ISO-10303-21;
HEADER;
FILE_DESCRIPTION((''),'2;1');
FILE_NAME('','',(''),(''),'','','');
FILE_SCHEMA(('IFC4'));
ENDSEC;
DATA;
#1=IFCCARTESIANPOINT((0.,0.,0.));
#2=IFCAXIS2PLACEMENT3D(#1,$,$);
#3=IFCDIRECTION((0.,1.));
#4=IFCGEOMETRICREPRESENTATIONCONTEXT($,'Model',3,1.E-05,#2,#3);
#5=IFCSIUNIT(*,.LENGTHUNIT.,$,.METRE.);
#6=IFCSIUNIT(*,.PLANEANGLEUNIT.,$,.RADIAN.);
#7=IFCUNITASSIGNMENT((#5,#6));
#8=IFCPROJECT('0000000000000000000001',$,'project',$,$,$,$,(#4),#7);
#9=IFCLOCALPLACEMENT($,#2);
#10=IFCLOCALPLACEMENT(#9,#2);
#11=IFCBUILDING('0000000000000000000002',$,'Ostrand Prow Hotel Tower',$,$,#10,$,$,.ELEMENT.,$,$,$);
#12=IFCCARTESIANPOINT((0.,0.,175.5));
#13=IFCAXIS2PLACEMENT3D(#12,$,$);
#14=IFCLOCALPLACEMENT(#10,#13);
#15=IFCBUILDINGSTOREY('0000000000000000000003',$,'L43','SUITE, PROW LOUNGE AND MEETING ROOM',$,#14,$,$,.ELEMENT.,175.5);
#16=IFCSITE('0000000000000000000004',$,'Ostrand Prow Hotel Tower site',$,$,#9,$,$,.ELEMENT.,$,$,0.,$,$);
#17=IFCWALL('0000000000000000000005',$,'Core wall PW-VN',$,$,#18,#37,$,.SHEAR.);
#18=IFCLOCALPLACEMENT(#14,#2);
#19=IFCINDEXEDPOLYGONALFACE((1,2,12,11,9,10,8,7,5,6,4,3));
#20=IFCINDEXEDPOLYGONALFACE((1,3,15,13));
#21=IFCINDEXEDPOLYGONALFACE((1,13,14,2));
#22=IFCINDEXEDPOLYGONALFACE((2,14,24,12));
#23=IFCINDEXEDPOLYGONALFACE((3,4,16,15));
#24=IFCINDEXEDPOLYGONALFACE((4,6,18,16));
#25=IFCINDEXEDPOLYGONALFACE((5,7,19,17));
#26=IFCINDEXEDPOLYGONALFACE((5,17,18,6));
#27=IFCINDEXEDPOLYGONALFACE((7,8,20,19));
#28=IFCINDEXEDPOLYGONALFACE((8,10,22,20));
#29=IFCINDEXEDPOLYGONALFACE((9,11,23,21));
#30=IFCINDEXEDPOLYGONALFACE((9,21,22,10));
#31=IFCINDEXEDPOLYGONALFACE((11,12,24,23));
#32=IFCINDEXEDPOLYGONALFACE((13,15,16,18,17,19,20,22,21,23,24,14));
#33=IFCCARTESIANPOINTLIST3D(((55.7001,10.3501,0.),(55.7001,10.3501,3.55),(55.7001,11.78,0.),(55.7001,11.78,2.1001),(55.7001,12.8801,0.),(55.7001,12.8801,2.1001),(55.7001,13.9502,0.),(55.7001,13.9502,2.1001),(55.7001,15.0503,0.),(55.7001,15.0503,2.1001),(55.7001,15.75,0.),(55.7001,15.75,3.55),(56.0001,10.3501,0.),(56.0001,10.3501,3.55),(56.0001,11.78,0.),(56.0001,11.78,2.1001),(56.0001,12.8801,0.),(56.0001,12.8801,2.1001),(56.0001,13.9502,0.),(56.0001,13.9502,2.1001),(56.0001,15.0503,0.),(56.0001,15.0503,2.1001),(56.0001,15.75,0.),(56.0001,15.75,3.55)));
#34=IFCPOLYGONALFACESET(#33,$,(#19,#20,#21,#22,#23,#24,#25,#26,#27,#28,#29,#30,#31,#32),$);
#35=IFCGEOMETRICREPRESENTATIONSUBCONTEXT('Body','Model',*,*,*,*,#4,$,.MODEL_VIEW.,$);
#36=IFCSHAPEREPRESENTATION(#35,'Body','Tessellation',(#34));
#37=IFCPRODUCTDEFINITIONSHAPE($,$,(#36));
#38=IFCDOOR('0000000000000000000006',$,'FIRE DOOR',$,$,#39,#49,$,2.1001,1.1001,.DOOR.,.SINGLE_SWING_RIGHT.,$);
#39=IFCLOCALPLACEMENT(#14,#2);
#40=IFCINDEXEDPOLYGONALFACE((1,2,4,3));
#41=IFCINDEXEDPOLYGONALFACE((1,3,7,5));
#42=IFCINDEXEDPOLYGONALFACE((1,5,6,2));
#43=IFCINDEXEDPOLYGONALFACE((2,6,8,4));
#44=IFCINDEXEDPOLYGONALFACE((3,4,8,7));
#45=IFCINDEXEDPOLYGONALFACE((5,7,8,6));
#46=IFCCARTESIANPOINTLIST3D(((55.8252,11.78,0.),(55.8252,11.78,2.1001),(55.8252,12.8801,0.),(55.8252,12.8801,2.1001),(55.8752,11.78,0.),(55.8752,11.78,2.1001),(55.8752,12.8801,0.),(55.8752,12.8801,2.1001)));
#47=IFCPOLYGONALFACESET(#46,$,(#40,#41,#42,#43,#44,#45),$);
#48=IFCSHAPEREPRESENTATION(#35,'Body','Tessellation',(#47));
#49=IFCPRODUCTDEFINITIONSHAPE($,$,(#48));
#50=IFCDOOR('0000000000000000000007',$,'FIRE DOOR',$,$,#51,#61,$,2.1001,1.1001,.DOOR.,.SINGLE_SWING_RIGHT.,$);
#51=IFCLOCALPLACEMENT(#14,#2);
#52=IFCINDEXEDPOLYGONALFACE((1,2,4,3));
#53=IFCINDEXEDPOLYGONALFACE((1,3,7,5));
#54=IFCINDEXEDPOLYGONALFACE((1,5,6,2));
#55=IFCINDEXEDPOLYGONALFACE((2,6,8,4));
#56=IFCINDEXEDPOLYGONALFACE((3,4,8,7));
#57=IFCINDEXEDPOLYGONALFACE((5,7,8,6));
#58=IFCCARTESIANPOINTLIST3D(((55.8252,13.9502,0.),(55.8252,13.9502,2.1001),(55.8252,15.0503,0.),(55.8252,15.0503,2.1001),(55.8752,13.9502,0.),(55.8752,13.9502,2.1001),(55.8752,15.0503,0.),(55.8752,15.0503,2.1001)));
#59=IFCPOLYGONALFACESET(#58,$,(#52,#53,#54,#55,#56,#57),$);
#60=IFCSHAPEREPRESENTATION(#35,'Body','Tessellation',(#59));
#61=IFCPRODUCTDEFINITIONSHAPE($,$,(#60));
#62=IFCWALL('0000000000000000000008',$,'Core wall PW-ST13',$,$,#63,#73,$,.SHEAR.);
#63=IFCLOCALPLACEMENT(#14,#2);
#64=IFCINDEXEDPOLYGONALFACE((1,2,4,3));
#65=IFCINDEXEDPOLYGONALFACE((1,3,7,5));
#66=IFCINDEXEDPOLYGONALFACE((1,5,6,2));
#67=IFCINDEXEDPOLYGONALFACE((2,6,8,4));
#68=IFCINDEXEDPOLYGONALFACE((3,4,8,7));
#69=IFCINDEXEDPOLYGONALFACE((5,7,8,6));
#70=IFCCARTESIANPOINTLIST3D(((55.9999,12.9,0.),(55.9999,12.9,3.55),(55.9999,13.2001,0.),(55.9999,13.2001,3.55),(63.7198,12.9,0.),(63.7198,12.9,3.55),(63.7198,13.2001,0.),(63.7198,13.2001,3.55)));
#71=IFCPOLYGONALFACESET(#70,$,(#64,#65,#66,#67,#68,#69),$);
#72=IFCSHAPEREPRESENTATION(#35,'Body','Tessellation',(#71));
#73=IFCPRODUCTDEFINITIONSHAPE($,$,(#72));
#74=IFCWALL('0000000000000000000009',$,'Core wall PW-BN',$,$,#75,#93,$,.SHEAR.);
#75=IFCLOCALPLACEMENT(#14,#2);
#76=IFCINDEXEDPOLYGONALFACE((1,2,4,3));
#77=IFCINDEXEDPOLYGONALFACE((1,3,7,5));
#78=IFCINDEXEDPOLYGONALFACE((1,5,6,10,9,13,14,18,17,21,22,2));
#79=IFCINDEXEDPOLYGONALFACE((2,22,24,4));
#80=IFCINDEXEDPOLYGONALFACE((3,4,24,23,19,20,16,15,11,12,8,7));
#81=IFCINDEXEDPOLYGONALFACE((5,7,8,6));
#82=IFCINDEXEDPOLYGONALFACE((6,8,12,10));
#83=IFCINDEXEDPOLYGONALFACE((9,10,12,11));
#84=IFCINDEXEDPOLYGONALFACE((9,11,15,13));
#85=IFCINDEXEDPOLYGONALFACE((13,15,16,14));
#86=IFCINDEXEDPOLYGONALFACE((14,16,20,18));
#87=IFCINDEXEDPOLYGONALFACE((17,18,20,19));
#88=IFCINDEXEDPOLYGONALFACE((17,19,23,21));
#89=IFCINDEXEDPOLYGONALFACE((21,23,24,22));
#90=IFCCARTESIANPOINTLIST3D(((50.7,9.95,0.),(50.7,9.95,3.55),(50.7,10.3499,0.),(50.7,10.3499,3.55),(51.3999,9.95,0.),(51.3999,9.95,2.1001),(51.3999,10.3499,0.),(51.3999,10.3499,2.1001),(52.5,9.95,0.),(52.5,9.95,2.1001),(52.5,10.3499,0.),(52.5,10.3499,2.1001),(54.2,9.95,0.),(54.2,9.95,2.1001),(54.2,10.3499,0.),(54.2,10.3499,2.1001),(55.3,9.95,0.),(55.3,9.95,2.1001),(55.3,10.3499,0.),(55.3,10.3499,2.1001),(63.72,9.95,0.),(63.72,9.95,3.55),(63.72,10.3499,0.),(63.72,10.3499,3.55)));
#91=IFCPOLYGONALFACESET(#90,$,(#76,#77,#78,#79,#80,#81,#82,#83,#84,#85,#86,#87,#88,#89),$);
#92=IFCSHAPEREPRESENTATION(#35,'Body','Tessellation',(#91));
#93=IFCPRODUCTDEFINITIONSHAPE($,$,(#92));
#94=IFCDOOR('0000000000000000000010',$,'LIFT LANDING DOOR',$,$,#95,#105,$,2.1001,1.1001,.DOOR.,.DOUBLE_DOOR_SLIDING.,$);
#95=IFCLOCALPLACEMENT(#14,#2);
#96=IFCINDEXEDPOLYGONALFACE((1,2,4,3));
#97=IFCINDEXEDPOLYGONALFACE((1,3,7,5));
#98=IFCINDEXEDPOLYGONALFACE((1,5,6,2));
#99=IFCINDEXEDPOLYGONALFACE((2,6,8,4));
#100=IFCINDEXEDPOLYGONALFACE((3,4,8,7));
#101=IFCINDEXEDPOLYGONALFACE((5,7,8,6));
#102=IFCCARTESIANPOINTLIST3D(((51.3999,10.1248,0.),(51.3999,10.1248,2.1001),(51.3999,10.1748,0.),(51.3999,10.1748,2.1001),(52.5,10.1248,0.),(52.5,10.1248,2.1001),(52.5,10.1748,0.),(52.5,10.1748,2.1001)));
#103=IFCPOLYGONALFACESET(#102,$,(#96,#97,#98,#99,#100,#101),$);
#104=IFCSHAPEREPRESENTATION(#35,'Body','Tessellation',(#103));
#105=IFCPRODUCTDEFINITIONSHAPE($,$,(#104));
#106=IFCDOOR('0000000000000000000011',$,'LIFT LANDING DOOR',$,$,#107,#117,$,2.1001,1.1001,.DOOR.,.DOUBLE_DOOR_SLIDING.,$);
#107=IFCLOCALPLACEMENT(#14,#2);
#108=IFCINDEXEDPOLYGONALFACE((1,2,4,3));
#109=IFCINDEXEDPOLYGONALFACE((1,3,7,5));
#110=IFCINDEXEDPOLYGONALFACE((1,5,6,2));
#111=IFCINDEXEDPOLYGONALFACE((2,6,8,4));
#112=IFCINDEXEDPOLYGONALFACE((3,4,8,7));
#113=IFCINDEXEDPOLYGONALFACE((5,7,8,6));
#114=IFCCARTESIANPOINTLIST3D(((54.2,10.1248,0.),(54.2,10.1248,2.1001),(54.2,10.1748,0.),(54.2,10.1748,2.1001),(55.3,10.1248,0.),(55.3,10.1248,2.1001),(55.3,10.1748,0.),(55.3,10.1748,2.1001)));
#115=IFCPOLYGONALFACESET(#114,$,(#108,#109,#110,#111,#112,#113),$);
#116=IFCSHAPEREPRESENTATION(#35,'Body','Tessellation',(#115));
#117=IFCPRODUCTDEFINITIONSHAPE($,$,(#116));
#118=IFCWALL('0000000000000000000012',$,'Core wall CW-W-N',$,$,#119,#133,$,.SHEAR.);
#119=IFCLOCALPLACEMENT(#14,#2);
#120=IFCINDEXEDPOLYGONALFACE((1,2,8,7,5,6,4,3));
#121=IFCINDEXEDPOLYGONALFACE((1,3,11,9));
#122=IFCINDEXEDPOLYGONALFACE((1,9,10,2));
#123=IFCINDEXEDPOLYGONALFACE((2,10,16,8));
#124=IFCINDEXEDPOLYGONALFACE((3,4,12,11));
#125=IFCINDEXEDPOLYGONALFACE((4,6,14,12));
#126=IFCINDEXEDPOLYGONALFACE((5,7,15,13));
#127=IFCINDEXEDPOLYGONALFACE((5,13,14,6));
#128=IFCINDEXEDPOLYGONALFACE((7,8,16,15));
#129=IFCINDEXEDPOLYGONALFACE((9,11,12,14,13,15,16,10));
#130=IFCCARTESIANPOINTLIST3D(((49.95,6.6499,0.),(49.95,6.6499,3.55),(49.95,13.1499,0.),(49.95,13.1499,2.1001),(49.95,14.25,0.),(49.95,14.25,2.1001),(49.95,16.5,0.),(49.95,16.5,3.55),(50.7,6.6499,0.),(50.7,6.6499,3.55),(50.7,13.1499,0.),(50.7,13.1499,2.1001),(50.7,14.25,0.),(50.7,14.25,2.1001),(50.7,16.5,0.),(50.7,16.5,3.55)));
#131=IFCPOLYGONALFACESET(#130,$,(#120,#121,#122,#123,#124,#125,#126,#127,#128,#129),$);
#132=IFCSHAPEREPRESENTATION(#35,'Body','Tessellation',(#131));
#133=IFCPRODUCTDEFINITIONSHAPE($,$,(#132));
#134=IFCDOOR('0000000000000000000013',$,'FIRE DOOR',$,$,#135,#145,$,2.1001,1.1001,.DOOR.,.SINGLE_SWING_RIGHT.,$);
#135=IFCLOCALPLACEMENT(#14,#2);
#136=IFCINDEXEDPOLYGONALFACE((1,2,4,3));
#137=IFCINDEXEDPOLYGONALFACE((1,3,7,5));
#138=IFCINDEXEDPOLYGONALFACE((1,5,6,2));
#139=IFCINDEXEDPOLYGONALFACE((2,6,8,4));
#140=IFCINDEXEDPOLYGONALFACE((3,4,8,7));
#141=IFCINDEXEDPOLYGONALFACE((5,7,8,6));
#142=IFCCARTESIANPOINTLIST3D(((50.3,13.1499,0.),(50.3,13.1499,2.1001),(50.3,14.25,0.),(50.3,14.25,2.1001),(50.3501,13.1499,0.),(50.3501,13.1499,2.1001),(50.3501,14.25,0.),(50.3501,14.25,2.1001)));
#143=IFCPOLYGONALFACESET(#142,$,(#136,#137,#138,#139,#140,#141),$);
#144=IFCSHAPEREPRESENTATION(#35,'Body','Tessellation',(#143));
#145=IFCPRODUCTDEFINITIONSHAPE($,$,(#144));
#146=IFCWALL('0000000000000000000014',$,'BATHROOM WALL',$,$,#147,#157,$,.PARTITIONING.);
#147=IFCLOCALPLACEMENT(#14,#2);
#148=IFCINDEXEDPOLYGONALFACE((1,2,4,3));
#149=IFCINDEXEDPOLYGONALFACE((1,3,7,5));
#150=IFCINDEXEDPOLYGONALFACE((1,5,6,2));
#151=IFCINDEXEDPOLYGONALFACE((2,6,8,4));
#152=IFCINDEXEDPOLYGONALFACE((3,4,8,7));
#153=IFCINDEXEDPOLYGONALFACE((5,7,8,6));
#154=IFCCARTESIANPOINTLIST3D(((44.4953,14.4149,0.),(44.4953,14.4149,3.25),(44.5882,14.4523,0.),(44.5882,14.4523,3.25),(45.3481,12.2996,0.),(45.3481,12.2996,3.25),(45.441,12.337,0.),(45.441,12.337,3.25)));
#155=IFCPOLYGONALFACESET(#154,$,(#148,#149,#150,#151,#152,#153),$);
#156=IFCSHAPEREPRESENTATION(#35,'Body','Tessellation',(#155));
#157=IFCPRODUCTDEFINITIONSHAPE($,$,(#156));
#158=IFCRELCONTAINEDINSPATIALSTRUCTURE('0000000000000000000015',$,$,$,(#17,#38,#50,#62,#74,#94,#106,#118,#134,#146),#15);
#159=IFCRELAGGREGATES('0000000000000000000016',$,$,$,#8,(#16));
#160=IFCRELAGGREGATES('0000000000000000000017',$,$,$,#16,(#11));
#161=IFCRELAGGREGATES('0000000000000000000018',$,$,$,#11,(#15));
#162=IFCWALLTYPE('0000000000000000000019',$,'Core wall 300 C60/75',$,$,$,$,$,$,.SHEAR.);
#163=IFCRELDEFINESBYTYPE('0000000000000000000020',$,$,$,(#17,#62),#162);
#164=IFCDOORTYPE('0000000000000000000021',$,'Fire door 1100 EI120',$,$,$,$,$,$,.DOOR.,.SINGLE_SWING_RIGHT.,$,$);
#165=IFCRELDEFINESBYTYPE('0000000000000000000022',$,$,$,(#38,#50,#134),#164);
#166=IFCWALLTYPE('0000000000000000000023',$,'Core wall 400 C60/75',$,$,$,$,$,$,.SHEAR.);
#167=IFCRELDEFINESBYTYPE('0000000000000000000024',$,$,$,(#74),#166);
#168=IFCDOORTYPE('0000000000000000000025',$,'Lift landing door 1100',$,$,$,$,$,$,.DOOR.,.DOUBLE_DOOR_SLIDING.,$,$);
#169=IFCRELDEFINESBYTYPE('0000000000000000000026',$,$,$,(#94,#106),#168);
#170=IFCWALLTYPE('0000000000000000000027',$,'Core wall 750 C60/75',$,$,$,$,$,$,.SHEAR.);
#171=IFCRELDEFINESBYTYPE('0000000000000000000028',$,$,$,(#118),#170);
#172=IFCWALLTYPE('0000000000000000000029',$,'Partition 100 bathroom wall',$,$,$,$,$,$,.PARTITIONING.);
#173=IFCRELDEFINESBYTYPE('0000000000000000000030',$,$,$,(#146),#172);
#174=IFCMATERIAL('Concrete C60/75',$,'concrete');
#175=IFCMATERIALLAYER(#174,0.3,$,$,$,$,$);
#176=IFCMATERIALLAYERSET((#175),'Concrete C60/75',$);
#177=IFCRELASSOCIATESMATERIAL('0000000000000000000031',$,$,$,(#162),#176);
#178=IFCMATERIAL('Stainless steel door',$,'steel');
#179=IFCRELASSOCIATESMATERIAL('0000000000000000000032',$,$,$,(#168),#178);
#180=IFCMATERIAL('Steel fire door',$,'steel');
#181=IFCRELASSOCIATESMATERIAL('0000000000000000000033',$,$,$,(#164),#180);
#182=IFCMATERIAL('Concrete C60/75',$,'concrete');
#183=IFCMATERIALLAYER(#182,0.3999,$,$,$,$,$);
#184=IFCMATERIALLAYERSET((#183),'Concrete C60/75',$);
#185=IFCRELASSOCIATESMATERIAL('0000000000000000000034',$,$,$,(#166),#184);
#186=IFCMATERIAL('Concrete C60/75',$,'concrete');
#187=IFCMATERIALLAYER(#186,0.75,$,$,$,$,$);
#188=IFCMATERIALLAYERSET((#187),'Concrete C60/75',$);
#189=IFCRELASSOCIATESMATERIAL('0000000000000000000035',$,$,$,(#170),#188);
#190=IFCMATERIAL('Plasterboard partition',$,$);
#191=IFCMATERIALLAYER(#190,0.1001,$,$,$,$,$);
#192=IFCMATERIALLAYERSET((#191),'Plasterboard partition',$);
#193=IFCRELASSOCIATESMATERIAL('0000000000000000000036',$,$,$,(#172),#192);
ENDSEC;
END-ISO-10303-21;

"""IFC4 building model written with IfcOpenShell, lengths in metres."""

from ifc_helpers import new_model, si_unit, direction, frame, frame_2d, origin, place, context, subcontext, project, spatial, rectangle, extrude, material, layer, layer_set, type_object, element, fill, save


model = new_model("IFC4")

# Units and contexts
model_context = context("Model", 3, precision=1e-05, world=origin(), true_north=direction((0.0, 1.0)))
body_context = subcontext(model_context, "Body", "Model", "MODEL_VIEW")
ifc_project = project(units=[si_unit("LENGTHUNIT", "METRE"), si_unit("PLANEANGLEUNIT", "RADIAN")], contexts=[model_context])

# Site, building, storey
site_placement = place(None, origin())
site = spatial("IfcSite", under=ifc_project, at=site_placement, Name="Ostrand Prow Hotel Tower site", CompositionType="ELEMENT", RefElevation=0.0)
building_placement = place(site_placement, origin())
building = spatial("IfcBuilding", under=site, at=building_placement, Name="Ostrand Prow Hotel Tower", CompositionType="ELEMENT")
storey_placement = place(building_placement, frame((0.0, 0.0, 175.5)))
storey = spatial("IfcBuildingStorey", under=building, at=storey_placement, Name="L43", Description="SUITE, PROW LOUNGE AND MEETING ROOM", CompositionType="ELEMENT", Elevation=175.5)

# Shared definitions
ifc_material_1 = material(Name="Concrete C60/75", Category="concrete")
ifc_layer_1 = layer(ifc_material_1, 0.3)
ifc_layer_set_1 = layer_set([ifc_layer_1], Name="Concrete C60/75")
wall_type_1 = type_object("IfcWallType", Name="Core wall 300 C60/75", PredefinedType="SHEAR", material=ifc_layer_set_1)
ifc_material_2 = material(Name="Stainless steel door", Category="steel")
door_type_1 = type_object("IfcDoorType", Name="Lift landing door 1100", OperationType="DOUBLE_DOOR_SLIDING", PredefinedType="DOOR", material=ifc_material_2)

# Wall, openings, doors
wall_1_placement = place(storey_placement, frame((55.8501, 10.3501, 0.0), z_axis=(0.0, 0.0, 1.0), x_axis=(0.0, 1.0, 0.0)))
wall_1 = element("IfcWall", 1, at=wall_1_placement, inside=storey, type_object=wall_type_1, Name="Core wall PW-VN", PredefinedType="SHEAR", context=body_context, shape_type="SweptSolid", body=[
    extrude(rectangle(XDim=5.3999, YDim=0.3, at=frame_2d((2.7, 0.0))), origin(), (0.0, 0.0, 1.0), 3.55),
])
opening_1_placement = place(wall_1_placement, frame((1.4299, 0.0, 0.0)))
opening_1 = element("IfcOpeningElement", 2, at=opening_1_placement, cuts=wall_1, PredefinedType="OPENING", context=body_context, shape_type="SweptSolid", body=[
    extrude(rectangle(XDim=1.1001, YDim=2.1001, at=frame_2d((0.55, 1.05))), frame((0.0, 0.1599, 0.0), z_axis=(0.0, -1.0, 0.0), x_axis=(1.0, 0.0, 0.0)), (0.0, 0.0, 1.0), 0.3201),
])
opening_2_placement = place(wall_1_placement, frame((3.6001, 0.0, 0.0)))
opening_2 = element("IfcOpeningElement", 3, at=opening_2_placement, cuts=wall_1, PredefinedType="OPENING", context=body_context, shape_type="SweptSolid", body=[
    extrude(rectangle(XDim=1.1001, YDim=2.1001, at=frame_2d((0.55, 1.05))), frame((0.0, 0.1599, 0.0), z_axis=(0.0, -1.0, 0.0), x_axis=(1.0, 0.0, 0.0)), (0.0, 0.0, 1.0), 0.3201),
])
ifc_material_3 = material(Name="Steel fire door", Category="steel")
door_type_2 = type_object("IfcDoorType", Name="Fire door 1100 EI120", OperationType="SINGLE_SWING_RIGHT", PredefinedType="DOOR", material=ifc_material_3)
door_1_placement = place(opening_1_placement, origin())
door_1 = element("IfcDoor", 4, at=door_1_placement, inside=storey, type_object=door_type_2, Name="FIRE DOOR", OperationType="SINGLE_SWING_RIGHT", OverallHeight=2.1001, OverallWidth=1.1001, PredefinedType="DOOR", context=body_context, shape_type="SweptSolid", body=[
    extrude(rectangle(XDim=1.1001, YDim=2.1001, at=frame_2d((0.55, 1.05))), frame((0.0, 0.0249, 0.0), z_axis=(0.0, -1.0, 0.0), x_axis=(1.0, 0.0, 0.0)), (0.0, 0.0, 1.0), 0.05),
])
fill(opening_1, door_1)
door_2_placement = place(opening_2_placement, origin())
door_2 = element("IfcDoor", 5, at=door_2_placement, inside=storey, type_object=door_type_2, Name="FIRE DOOR", OperationType="SINGLE_SWING_RIGHT", OverallHeight=2.1001, OverallWidth=1.1001, PredefinedType="DOOR", context=body_context, shape_type="SweptSolid", body=[
    extrude(rectangle(XDim=1.1001, YDim=2.1001, at=frame_2d((0.55, 1.05))), frame((0.0, 0.0249, 0.0), z_axis=(0.0, -1.0, 0.0), x_axis=(1.0, 0.0, 0.0)), (0.0, 0.0, 1.0), 0.05),
])
fill(opening_2, door_2)

# Wall
wall_2_placement = place(storey_placement, frame((56.0, 13.05, 0.0), z_axis=(0.0, 0.0, 1.0), x_axis=(1.0, 0.0, 0.0)))
element("IfcWall", 6, at=wall_2_placement, inside=storey, type_object=wall_type_1, Name="Core wall PW-ST13", PredefinedType="SHEAR", context=body_context, shape_type="SweptSolid", body=[
    extrude(rectangle(XDim=7.72, YDim=0.3, at=frame_2d((3.8599, 0.0))), origin(), (0.0, 0.0, 1.0), 3.55),
])

# Wall, openings, doors
ifc_material_4 = material(Name="Concrete C60/75", Category="concrete")
ifc_layer_2 = layer(ifc_material_4, 0.3999)
ifc_layer_set_2 = layer_set([ifc_layer_2], Name="Concrete C60/75")
wall_type_2 = type_object("IfcWallType", Name="Core wall 400 C60/75", PredefinedType="SHEAR", material=ifc_layer_set_2)
wall_3_placement = place(storey_placement, frame((50.7, 10.1499, 0.0), z_axis=(0.0, 0.0, 1.0), x_axis=(1.0, 0.0, 0.0)))
wall_3 = element("IfcWall", 7, at=wall_3_placement, inside=storey, type_object=wall_type_2, Name="Core wall PW-BN", PredefinedType="SHEAR", context=body_context, shape_type="SweptSolid", body=[
    extrude(rectangle(XDim=13.02, YDim=0.3999, at=frame_2d((6.51, 0.0))), origin(), (0.0, 0.0, 1.0), 3.55),
])
opening_3_placement = place(wall_3_placement, frame((0.7, 0.0, 0.0)))
opening_3 = element("IfcOpeningElement", 8, at=opening_3_placement, cuts=wall_3, PredefinedType="OPENING", context=body_context, shape_type="SweptSolid", body=[
    extrude(rectangle(XDim=1.1001, YDim=2.1001, at=frame_2d((0.55, 1.05))), frame((0.0, 0.21, 0.0), z_axis=(0.0, -1.0, 0.0), x_axis=(1.0, 0.0, 0.0)), (0.0, 0.0, 1.0), 0.4199),
])
opening_4_placement = place(wall_3_placement, frame((3.5, 0.0, 0.0)))
opening_4 = element("IfcOpeningElement", 9, at=opening_4_placement, cuts=wall_3, PredefinedType="OPENING", context=body_context, shape_type="SweptSolid", body=[
    extrude(rectangle(XDim=1.1001, YDim=2.1001, at=frame_2d((0.55, 1.05))), frame((0.0, 0.21, 0.0), z_axis=(0.0, -1.0, 0.0), x_axis=(1.0, 0.0, 0.0)), (0.0, 0.0, 1.0), 0.4199),
])
door_3_placement = place(opening_3_placement, origin())
door_3 = element("IfcDoor", 10, at=door_3_placement, inside=storey, type_object=door_type_1, Name="LIFT LANDING DOOR", OperationType="DOUBLE_DOOR_SLIDING", OverallHeight=2.1001, OverallWidth=1.1001, PredefinedType="DOOR", context=body_context, shape_type="SweptSolid", body=[
    extrude(rectangle(XDim=1.1001, YDim=2.1001, at=frame_2d((0.55, 1.05))), frame((0.0, 0.0249, 0.0), z_axis=(0.0, -1.0, 0.0), x_axis=(1.0, 0.0, 0.0)), (0.0, 0.0, 1.0), 0.05),
])
fill(opening_3, door_3)
door_4_placement = place(opening_4_placement, origin())
door_4 = element("IfcDoor", 11, at=door_4_placement, inside=storey, type_object=door_type_1, Name="LIFT LANDING DOOR", OperationType="DOUBLE_DOOR_SLIDING", OverallHeight=2.1001, OverallWidth=1.1001, PredefinedType="DOOR", context=body_context, shape_type="SweptSolid", body=[
    extrude(rectangle(XDim=1.1001, YDim=2.1001, at=frame_2d((0.55, 1.05))), frame((0.0, 0.0249, 0.0), z_axis=(0.0, -1.0, 0.0), x_axis=(1.0, 0.0, 0.0)), (0.0, 0.0, 1.0), 0.05),
])
fill(opening_4, door_4)

# Wall, opening, door
ifc_material_5 = material(Name="Concrete C60/75", Category="concrete")
ifc_layer_3 = layer(ifc_material_5, 0.75)
ifc_layer_set_3 = layer_set([ifc_layer_3], Name="Concrete C60/75")
wall_type_3 = type_object("IfcWallType", Name="Core wall 750 C60/75", PredefinedType="SHEAR", material=ifc_layer_set_3)
wall_4_placement = place(storey_placement, frame((50.325, 6.6499, 0.0), z_axis=(0.0, 0.0, 1.0), x_axis=(0.0, 1.0, 0.0)))
wall_4 = element("IfcWall", 12, at=wall_4_placement, inside=storey, type_object=wall_type_3, Name="Core wall CW-W-N", PredefinedType="SHEAR", context=body_context, shape_type="SweptSolid", body=[
    extrude(rectangle(XDim=9.8501, YDim=0.75, at=frame_2d((4.925, 0.0))), origin(), (0.0, 0.0, 1.0), 3.55),
])
opening_5_placement = place(wall_4_placement, frame((6.5, 0.0, 0.0)))
opening_5 = element("IfcOpeningElement", 13, at=opening_5_placement, cuts=wall_4, PredefinedType="OPENING", context=body_context, shape_type="SweptSolid", body=[
    extrude(rectangle(XDim=1.1001, YDim=2.1001, at=frame_2d((0.55, 1.05))), frame((0.0, 0.385, 0.0), z_axis=(0.0, -1.0, 0.0), x_axis=(1.0, 0.0, 0.0)), (0.0, 0.0, 1.0), 0.77),
])
door_5_placement = place(opening_5_placement, origin())
door_5 = element("IfcDoor", 14, at=door_5_placement, inside=storey, type_object=door_type_2, Name="FIRE DOOR", OperationType="SINGLE_SWING_RIGHT", OverallHeight=2.1001, OverallWidth=1.1001, PredefinedType="DOOR", context=body_context, shape_type="SweptSolid", body=[
    extrude(rectangle(XDim=1.1001, YDim=2.1001, at=frame_2d((0.55, 1.05))), frame((0.0, 0.0249, 0.0), z_axis=(0.0, -1.0, 0.0), x_axis=(1.0, 0.0, 0.0)), (0.0, 0.0, 1.0), 0.05),
])
fill(opening_5, door_5)

# Wall
ifc_material_6 = material(Name="Plasterboard partition")
ifc_layer_4 = layer(ifc_material_6, 0.1001)
ifc_layer_set_4 = layer_set([ifc_layer_4], Name="Plasterboard partition")
wall_type_4 = type_object("IfcWallType", Name="Partition 100 bathroom wall", PredefinedType="PARTITIONING", material=ifc_layer_set_4)
wall_5_placement = place(storey_placement, frame((44.5417, 14.4336, 0.0), z_axis=(0.0, 0.0, 1.0), x_axis=(0.373918, -0.927462, 0.0)))
element("IfcWall", 15, at=wall_5_placement, inside=storey, type_object=wall_type_4, Name="BATHROOM WALL", PredefinedType="PARTITIONING", context=body_context, shape_type="SweptSolid", body=[
    extrude(rectangle(XDim=2.2808, YDim=0.1001, at=frame_2d((1.1404, 0.0))), origin(), (0.0, 0.0, 1.0), 3.25),
])

save(model, "model.ifc")
